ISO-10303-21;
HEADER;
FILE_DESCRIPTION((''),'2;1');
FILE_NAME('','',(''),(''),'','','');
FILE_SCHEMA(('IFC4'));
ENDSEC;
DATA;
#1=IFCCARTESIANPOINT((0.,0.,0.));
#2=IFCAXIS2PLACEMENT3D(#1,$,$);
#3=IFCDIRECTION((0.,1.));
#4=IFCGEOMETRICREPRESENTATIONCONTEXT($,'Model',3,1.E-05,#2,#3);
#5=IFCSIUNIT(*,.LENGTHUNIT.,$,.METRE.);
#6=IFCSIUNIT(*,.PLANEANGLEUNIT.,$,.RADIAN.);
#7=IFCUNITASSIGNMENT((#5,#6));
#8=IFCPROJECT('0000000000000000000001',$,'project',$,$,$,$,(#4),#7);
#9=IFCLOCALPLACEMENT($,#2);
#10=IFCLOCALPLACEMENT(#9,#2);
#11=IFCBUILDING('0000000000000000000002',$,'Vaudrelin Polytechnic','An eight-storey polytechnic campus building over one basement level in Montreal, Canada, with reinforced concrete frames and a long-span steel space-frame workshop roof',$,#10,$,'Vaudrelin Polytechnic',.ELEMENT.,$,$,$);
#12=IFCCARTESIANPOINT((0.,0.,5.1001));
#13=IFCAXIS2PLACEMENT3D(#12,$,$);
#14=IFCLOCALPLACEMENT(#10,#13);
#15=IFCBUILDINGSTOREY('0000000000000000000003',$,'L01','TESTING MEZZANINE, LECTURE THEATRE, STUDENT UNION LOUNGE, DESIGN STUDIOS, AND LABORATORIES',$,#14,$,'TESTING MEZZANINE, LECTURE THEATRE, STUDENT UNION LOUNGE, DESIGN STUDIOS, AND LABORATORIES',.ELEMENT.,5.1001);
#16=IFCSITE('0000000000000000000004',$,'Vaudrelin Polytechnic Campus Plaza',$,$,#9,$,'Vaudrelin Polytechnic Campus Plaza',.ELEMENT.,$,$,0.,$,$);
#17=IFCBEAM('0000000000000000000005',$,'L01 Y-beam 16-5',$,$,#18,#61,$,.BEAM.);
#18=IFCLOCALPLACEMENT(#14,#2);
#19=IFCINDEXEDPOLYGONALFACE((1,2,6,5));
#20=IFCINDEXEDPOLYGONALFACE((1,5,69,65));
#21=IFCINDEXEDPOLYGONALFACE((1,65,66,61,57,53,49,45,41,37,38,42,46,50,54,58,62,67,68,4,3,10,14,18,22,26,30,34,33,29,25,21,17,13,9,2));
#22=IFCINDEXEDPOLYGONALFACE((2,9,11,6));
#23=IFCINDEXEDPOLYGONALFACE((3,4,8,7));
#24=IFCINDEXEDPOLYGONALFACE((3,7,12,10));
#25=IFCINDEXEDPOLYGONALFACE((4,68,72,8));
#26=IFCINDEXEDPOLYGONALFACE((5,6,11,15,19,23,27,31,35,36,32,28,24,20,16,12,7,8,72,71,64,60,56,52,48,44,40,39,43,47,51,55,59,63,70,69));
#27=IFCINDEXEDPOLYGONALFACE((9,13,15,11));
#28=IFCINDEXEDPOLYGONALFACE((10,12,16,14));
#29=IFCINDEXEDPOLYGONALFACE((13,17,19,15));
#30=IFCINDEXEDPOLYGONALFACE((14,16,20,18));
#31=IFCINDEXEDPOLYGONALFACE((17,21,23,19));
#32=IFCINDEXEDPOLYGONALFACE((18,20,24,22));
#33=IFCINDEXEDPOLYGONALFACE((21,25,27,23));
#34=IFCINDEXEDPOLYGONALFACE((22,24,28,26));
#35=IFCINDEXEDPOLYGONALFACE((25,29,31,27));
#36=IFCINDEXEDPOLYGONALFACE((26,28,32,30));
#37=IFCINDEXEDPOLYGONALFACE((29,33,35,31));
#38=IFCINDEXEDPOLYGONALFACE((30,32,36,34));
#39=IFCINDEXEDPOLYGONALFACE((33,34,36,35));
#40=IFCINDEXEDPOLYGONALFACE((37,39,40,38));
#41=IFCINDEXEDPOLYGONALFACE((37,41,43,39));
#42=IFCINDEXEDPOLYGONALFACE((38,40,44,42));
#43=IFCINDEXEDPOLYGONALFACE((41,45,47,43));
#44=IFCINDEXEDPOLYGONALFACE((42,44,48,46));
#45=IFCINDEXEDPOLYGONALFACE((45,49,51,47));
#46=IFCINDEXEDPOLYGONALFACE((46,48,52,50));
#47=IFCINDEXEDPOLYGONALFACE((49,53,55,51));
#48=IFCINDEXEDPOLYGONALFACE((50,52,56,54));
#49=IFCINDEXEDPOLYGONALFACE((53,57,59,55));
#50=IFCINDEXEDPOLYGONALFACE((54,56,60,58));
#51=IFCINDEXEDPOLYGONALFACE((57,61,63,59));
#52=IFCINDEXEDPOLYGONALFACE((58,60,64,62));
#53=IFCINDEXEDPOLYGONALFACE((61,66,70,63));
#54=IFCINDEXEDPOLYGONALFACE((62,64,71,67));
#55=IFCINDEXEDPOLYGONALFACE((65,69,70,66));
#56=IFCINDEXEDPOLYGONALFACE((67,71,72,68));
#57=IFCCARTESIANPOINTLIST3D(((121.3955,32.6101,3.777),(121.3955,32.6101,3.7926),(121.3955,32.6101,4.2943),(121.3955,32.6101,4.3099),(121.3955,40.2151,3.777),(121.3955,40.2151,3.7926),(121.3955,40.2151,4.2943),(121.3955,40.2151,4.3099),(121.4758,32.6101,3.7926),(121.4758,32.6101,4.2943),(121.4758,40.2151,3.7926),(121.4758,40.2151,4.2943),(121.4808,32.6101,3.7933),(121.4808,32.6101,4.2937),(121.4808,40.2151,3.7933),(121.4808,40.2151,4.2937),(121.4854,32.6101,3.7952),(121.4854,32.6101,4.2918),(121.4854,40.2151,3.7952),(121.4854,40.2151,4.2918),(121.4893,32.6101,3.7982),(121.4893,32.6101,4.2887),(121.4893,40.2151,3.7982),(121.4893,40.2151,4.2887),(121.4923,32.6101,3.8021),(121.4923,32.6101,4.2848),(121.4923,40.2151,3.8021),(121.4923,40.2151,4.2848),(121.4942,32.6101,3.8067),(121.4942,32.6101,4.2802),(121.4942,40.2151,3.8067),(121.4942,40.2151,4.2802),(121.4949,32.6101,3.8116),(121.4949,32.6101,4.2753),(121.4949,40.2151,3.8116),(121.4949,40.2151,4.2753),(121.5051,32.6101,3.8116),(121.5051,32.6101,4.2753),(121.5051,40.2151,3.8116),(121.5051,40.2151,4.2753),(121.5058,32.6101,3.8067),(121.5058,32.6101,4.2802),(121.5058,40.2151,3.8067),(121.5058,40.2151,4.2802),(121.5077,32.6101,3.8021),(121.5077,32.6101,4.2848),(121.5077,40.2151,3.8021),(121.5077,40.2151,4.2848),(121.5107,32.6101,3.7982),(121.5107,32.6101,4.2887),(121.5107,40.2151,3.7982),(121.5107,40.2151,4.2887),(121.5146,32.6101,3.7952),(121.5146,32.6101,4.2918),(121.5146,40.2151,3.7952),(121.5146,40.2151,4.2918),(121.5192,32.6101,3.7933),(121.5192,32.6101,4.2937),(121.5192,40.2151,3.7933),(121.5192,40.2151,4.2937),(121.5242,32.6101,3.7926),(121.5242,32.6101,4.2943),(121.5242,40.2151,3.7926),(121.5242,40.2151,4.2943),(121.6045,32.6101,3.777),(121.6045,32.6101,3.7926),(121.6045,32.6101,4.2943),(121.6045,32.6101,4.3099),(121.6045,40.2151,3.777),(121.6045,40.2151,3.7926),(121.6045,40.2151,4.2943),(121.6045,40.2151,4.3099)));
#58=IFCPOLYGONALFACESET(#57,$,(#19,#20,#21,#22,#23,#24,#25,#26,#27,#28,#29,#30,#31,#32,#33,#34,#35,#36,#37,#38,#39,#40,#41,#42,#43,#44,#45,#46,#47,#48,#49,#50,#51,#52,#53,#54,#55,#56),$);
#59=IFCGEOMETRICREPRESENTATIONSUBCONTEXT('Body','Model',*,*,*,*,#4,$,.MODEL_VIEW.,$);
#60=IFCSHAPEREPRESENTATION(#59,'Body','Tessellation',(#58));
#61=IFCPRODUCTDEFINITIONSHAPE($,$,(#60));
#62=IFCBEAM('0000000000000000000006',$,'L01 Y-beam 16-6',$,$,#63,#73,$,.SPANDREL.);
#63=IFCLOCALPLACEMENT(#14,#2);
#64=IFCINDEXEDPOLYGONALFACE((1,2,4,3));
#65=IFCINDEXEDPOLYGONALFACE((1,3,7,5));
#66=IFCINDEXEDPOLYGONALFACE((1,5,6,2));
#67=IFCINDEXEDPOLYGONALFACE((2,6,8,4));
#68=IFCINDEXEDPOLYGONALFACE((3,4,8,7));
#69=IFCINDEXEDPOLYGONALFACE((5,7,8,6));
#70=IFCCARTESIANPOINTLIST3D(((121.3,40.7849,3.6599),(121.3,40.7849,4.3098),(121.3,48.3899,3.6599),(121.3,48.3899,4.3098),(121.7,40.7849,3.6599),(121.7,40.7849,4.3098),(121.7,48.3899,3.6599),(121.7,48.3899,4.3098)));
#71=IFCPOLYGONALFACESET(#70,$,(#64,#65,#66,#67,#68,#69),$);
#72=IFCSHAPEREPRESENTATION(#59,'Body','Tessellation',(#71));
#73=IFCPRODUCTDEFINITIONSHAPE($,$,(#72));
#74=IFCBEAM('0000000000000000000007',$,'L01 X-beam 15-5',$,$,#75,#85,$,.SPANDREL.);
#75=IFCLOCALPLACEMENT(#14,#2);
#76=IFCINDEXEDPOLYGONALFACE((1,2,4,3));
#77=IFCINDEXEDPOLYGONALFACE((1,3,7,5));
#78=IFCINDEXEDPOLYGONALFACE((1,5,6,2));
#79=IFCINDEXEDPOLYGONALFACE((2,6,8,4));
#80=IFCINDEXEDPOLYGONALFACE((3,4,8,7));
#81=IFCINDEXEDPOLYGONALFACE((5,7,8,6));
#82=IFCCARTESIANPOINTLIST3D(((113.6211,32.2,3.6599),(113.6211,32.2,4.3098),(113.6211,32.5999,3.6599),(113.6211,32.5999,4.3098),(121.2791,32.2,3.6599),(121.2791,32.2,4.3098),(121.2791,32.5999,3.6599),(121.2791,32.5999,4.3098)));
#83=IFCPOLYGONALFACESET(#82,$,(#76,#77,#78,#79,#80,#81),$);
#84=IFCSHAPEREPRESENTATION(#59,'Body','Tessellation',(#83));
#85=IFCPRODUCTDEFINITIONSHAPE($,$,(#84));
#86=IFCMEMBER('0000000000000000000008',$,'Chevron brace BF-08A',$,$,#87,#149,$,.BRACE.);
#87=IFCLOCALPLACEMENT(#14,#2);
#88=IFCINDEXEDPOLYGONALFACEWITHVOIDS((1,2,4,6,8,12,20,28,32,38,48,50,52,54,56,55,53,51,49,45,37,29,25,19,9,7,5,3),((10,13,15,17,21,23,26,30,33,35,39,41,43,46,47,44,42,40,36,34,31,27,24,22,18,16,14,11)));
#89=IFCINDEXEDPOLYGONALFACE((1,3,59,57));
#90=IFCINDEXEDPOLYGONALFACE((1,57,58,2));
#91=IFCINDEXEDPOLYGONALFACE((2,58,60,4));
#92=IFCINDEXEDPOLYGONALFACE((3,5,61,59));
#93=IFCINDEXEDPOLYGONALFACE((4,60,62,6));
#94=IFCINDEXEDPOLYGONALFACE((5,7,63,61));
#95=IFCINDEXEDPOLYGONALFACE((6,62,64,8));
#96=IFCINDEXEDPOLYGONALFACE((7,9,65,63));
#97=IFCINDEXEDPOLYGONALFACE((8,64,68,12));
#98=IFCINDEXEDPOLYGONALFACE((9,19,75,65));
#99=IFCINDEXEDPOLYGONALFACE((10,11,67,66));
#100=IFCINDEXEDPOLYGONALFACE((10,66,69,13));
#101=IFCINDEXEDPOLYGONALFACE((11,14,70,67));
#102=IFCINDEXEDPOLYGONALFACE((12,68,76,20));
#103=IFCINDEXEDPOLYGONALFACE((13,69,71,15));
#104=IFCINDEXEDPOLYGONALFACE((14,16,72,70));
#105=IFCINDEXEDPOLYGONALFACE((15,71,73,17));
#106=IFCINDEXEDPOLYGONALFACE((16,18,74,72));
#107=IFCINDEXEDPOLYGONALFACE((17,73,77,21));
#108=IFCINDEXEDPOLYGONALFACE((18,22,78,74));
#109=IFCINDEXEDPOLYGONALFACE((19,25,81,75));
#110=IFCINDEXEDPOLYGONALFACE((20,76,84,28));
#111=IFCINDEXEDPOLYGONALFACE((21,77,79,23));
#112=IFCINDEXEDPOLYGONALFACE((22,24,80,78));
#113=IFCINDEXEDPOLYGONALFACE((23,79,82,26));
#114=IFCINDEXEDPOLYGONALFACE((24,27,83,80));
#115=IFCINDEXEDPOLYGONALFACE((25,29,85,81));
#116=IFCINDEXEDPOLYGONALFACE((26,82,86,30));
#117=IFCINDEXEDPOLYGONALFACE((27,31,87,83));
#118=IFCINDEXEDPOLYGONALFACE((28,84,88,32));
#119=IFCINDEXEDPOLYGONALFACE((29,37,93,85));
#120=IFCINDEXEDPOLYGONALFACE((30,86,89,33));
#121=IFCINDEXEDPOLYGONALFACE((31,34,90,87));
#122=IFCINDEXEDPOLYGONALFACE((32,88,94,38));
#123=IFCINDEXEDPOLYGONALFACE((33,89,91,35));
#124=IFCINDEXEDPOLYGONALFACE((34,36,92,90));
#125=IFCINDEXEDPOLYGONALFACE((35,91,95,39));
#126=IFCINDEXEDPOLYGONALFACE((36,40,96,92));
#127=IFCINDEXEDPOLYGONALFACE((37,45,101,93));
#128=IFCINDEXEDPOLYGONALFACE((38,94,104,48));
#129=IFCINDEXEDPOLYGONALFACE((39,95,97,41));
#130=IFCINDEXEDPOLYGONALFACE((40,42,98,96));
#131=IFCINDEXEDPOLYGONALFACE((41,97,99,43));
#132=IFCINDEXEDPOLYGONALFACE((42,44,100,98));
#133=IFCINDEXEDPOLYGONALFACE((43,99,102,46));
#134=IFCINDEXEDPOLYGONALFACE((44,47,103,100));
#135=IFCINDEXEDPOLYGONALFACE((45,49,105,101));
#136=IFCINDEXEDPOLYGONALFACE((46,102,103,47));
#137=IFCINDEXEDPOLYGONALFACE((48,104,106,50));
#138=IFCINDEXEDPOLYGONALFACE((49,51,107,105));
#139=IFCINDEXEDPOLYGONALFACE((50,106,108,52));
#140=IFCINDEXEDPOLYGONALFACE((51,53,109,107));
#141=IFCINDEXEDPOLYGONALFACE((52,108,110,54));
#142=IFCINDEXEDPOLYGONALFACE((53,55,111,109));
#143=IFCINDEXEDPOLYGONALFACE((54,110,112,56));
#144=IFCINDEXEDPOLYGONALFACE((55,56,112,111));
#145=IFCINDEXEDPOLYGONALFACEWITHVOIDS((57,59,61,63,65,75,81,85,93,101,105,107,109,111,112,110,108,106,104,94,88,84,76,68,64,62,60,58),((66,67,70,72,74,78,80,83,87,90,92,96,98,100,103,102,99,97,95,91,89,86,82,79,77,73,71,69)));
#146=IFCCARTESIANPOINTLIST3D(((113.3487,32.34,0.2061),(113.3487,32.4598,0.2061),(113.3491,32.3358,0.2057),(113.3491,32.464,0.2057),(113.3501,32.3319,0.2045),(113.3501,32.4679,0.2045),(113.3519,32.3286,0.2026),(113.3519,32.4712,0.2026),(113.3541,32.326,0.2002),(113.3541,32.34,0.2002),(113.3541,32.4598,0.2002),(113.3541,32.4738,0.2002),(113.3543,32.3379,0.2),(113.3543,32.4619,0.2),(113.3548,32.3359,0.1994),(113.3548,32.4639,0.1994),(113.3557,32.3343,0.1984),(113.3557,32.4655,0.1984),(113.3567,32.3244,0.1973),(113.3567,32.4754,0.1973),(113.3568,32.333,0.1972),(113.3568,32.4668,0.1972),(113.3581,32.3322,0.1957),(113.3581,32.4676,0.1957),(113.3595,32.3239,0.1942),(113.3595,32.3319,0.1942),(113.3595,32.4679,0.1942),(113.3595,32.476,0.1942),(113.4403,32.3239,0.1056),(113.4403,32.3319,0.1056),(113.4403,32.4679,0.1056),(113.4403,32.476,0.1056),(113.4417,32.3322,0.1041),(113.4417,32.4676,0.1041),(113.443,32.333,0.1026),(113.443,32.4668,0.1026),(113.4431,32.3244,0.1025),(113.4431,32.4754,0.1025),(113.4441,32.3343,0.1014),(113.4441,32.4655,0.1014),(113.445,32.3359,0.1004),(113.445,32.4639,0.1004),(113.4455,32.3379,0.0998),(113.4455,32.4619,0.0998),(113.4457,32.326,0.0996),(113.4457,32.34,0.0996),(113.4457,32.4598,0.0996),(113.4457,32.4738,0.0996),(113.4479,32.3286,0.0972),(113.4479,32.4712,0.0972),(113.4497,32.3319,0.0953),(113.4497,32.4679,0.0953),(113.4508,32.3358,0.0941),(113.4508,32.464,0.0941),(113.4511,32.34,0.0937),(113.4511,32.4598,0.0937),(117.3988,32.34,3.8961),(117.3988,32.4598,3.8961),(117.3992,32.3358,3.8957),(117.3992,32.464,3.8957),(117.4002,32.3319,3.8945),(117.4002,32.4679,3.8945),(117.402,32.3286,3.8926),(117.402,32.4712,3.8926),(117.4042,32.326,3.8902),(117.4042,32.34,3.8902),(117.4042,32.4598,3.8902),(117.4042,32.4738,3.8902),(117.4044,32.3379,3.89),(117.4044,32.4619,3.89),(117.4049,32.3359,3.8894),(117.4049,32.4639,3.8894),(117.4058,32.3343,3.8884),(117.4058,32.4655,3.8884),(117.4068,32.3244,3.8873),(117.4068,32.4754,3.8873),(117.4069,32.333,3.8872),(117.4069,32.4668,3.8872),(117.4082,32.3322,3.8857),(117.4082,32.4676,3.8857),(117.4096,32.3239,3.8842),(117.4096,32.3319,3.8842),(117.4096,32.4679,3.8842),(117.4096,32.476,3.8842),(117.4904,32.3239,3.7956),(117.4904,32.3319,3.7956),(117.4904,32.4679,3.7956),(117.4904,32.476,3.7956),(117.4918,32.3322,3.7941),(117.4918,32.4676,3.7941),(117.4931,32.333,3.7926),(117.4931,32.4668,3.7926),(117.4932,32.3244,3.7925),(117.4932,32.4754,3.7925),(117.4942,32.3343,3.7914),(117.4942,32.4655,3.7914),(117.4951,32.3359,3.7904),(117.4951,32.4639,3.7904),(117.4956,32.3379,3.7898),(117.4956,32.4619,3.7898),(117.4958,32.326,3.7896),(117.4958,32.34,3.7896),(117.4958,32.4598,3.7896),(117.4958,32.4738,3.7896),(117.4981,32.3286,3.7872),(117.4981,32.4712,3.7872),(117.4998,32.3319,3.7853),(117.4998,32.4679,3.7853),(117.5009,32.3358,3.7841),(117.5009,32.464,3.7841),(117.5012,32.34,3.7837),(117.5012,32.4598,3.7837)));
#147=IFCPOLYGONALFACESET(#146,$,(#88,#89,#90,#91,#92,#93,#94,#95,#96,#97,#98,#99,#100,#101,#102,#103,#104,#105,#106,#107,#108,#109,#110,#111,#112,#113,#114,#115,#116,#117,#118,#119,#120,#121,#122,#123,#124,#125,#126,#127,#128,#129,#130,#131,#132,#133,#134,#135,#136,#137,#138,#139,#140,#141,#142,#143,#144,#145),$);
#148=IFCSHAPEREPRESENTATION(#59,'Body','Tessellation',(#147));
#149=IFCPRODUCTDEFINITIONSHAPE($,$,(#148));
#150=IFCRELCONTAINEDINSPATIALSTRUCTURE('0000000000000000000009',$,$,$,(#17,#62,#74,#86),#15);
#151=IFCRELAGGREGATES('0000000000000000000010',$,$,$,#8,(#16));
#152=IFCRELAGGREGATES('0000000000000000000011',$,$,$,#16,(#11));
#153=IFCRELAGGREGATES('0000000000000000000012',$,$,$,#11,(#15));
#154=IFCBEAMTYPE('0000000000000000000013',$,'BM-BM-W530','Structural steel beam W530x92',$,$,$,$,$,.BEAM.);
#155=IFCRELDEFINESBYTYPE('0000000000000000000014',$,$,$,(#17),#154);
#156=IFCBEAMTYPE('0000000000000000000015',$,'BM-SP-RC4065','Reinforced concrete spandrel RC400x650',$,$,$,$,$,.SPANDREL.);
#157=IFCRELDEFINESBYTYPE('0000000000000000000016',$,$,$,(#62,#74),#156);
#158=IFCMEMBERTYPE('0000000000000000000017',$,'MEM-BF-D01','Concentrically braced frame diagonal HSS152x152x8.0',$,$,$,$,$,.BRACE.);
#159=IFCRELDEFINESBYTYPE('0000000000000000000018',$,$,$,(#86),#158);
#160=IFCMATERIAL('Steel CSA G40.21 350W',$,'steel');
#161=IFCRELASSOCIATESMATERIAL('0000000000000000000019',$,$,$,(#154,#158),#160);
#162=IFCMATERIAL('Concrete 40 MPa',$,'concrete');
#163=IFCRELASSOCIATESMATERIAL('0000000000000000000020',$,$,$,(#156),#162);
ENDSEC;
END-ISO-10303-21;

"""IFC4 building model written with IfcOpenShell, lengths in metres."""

from ifc_helpers import new_model, si_unit, direction, frame, origin, origin_2d, place, context, subcontext, project, spatial, rectangle, hollow_rectangle, i_section, extrude, material, material_profile, profile_set, type_object, element, save


model = new_model("IFC4")

# Units and contexts
model_context = context("Model", 3, precision=1e-05, world=origin(), true_north=direction((0.0, 1.0)))
body_context = subcontext(model_context, "Body", "Model", "MODEL_VIEW")
ifc_project = project(units=[si_unit("LENGTHUNIT", "METRE"), si_unit("PLANEANGLEUNIT", "RADIAN")], contexts=[model_context])

# Site, building, storey
site_placement = place(None, origin())
site = spatial("IfcSite", under=ifc_project, at=site_placement, Name="Vaudrelin Polytechnic Campus Plaza", LongName="Vaudrelin Polytechnic Campus Plaza", CompositionType="ELEMENT", RefElevation=0.0)
building_placement = place(site_placement, origin())
building = spatial("IfcBuilding", under=site, at=building_placement, Name="Vaudrelin Polytechnic", Description="An eight-storey polytechnic campus building over one basement level in Montreal, Canada, with reinforced concrete frames and a long-span steel space-frame workshop roof", LongName="Vaudrelin Polytechnic", CompositionType="ELEMENT")
storey_placement = place(building_placement, frame((0.0, 0.0, 5.1001)))
storey = spatial("IfcBuildingStorey", under=building, at=storey_placement, Name="L01", Description="TESTING MEZZANINE, LECTURE THEATRE, STUDENT UNION LOUNGE, DESIGN STUDIOS, AND LABORATORIES", LongName="TESTING MEZZANINE, LECTURE THEATRE, STUDENT UNION LOUNGE, DESIGN STUDIOS, AND LABORATORIES", CompositionType="ELEMENT", Elevation=5.1001)

# Shared definitions
ifc_material_1 = material(Name="Concrete 40 MPa", Category="concrete")

# Beams
ifc_material_2 = material(Name="Steel CSA G40.21 350W", Category="steel")
ifc_material_profile_1 = material_profile(ifc_material_2, i_section(OverallWidth=0.209, OverallDepth=0.533, WebThickness=0.0103, FlangeThickness=0.0156, FilletRadius=0.019, at=origin_2d()), Name="W530x92")
ifc_profile_set_1 = profile_set([ifc_material_profile_1], Name="Steel CSA G40.21 350W")
beam_type_1 = type_object("IfcBeamType", Name="BM-BM-W530", Description="Structural steel beam W530x92", PredefinedType="BEAM", material=ifc_profile_set_1)
beam_1_placement = place(storey_placement, frame((121.5, 32.6101, 4.0435), z_axis=(0.0, 1.0, 0.0), x_axis=(-1.0, 0.0, 0.0)))
element("IfcBeam", 1, at=beam_1_placement, inside=storey, type_object=beam_type_1, Name="L01 Y-beam 16-5", PredefinedType="BEAM", context=body_context, shape_type="SweptSolid", body=[
    extrude(i_section(OverallWidth=0.209, OverallDepth=0.533, WebThickness=0.0103, FlangeThickness=0.0156, FilletRadius=0.019, at=origin_2d()), origin(), (0.0, 0.0, 1.0), 7.605),
])
ifc_material_profile_2 = material_profile(ifc_material_1, rectangle(XDim=0.3999, YDim=0.6499, at=origin_2d()), Name="RC400x650")
ifc_profile_set_2 = profile_set([ifc_material_profile_2], Name="Concrete 40 MPa")
beam_type_2 = type_object("IfcBeamType", Name="BM-SP-RC4065", Description="Reinforced concrete spandrel RC400x650", PredefinedType="SPANDREL", material=ifc_profile_set_2)
beam_2_placement = place(storey_placement, frame((121.5, 40.7849, 3.9849), z_axis=(0.0, 1.0, 0.0), x_axis=(-1.0, 0.0, 0.0)))
element("IfcBeam", 2, at=beam_2_placement, inside=storey, type_object=beam_type_2, Name="L01 Y-beam 16-6", PredefinedType="SPANDREL", context=body_context, shape_type="SweptSolid", body=[
    extrude(rectangle(XDim=0.3999, YDim=0.6499, at=origin_2d()), origin(), (0.0, 0.0, 1.0), 7.605),
])
beam_3_placement = place(storey_placement, frame((113.6211, 32.3999, 3.9849), z_axis=(1.0, 0.0, 0.0), x_axis=(0.0, 1.0, 0.0)))
element("IfcBeam", 3, at=beam_3_placement, inside=storey, type_object=beam_type_2, Name="L01 X-beam 15-5", PredefinedType="SPANDREL", context=body_context, shape_type="SweptSolid", body=[
    extrude(rectangle(XDim=0.3999, YDim=0.6499, at=origin_2d()), origin(), (0.0, 0.0, 1.0), 7.658),
])

# Member
ifc_material_profile_3 = material_profile(ifc_material_2, hollow_rectangle(XDim=0.1521, YDim=0.1521, WallThickness=0.0081, InnerFilletRadius=0.0081, OuterFilletRadius=0.0161, at=origin_2d()), Name="HSS152x152x8.0")
ifc_profile_set_3 = profile_set([ifc_material_profile_3], Name="Steel CSA G40.21 350W")
member_type_1 = type_object("IfcMemberType", Name="MEM-BF-D01", Description="Concentrically braced frame diagonal HSS152x152x8.0", PredefinedType="BRACE", material=ifc_profile_set_3)
for number, where, z_axis, x_axis, name in (
    (4, (113.3999, 32.3999, 0.1499), (0.739206, 0.0, 0.67348), (0.0, 1.0, 0.0), "Chevron brace BF-08A"),
):
    element("IfcMember", number, at=place(storey_placement, frame(where, z_axis=z_axis, x_axis=x_axis)), inside=storey, type_object=member_type_1, Name=name, PredefinedType="BRACE", context=body_context, shape_type="SweptSolid", body=[
        extrude(hollow_rectangle(XDim=0.1521, YDim=0.1521, WallThickness=0.0081, InnerFilletRadius=0.0081, OuterFilletRadius=0.0161, at=origin_2d()), origin(), (0.0, 0.0, 1.0), 5.479),
    ])

save(model, "model.ifc")
